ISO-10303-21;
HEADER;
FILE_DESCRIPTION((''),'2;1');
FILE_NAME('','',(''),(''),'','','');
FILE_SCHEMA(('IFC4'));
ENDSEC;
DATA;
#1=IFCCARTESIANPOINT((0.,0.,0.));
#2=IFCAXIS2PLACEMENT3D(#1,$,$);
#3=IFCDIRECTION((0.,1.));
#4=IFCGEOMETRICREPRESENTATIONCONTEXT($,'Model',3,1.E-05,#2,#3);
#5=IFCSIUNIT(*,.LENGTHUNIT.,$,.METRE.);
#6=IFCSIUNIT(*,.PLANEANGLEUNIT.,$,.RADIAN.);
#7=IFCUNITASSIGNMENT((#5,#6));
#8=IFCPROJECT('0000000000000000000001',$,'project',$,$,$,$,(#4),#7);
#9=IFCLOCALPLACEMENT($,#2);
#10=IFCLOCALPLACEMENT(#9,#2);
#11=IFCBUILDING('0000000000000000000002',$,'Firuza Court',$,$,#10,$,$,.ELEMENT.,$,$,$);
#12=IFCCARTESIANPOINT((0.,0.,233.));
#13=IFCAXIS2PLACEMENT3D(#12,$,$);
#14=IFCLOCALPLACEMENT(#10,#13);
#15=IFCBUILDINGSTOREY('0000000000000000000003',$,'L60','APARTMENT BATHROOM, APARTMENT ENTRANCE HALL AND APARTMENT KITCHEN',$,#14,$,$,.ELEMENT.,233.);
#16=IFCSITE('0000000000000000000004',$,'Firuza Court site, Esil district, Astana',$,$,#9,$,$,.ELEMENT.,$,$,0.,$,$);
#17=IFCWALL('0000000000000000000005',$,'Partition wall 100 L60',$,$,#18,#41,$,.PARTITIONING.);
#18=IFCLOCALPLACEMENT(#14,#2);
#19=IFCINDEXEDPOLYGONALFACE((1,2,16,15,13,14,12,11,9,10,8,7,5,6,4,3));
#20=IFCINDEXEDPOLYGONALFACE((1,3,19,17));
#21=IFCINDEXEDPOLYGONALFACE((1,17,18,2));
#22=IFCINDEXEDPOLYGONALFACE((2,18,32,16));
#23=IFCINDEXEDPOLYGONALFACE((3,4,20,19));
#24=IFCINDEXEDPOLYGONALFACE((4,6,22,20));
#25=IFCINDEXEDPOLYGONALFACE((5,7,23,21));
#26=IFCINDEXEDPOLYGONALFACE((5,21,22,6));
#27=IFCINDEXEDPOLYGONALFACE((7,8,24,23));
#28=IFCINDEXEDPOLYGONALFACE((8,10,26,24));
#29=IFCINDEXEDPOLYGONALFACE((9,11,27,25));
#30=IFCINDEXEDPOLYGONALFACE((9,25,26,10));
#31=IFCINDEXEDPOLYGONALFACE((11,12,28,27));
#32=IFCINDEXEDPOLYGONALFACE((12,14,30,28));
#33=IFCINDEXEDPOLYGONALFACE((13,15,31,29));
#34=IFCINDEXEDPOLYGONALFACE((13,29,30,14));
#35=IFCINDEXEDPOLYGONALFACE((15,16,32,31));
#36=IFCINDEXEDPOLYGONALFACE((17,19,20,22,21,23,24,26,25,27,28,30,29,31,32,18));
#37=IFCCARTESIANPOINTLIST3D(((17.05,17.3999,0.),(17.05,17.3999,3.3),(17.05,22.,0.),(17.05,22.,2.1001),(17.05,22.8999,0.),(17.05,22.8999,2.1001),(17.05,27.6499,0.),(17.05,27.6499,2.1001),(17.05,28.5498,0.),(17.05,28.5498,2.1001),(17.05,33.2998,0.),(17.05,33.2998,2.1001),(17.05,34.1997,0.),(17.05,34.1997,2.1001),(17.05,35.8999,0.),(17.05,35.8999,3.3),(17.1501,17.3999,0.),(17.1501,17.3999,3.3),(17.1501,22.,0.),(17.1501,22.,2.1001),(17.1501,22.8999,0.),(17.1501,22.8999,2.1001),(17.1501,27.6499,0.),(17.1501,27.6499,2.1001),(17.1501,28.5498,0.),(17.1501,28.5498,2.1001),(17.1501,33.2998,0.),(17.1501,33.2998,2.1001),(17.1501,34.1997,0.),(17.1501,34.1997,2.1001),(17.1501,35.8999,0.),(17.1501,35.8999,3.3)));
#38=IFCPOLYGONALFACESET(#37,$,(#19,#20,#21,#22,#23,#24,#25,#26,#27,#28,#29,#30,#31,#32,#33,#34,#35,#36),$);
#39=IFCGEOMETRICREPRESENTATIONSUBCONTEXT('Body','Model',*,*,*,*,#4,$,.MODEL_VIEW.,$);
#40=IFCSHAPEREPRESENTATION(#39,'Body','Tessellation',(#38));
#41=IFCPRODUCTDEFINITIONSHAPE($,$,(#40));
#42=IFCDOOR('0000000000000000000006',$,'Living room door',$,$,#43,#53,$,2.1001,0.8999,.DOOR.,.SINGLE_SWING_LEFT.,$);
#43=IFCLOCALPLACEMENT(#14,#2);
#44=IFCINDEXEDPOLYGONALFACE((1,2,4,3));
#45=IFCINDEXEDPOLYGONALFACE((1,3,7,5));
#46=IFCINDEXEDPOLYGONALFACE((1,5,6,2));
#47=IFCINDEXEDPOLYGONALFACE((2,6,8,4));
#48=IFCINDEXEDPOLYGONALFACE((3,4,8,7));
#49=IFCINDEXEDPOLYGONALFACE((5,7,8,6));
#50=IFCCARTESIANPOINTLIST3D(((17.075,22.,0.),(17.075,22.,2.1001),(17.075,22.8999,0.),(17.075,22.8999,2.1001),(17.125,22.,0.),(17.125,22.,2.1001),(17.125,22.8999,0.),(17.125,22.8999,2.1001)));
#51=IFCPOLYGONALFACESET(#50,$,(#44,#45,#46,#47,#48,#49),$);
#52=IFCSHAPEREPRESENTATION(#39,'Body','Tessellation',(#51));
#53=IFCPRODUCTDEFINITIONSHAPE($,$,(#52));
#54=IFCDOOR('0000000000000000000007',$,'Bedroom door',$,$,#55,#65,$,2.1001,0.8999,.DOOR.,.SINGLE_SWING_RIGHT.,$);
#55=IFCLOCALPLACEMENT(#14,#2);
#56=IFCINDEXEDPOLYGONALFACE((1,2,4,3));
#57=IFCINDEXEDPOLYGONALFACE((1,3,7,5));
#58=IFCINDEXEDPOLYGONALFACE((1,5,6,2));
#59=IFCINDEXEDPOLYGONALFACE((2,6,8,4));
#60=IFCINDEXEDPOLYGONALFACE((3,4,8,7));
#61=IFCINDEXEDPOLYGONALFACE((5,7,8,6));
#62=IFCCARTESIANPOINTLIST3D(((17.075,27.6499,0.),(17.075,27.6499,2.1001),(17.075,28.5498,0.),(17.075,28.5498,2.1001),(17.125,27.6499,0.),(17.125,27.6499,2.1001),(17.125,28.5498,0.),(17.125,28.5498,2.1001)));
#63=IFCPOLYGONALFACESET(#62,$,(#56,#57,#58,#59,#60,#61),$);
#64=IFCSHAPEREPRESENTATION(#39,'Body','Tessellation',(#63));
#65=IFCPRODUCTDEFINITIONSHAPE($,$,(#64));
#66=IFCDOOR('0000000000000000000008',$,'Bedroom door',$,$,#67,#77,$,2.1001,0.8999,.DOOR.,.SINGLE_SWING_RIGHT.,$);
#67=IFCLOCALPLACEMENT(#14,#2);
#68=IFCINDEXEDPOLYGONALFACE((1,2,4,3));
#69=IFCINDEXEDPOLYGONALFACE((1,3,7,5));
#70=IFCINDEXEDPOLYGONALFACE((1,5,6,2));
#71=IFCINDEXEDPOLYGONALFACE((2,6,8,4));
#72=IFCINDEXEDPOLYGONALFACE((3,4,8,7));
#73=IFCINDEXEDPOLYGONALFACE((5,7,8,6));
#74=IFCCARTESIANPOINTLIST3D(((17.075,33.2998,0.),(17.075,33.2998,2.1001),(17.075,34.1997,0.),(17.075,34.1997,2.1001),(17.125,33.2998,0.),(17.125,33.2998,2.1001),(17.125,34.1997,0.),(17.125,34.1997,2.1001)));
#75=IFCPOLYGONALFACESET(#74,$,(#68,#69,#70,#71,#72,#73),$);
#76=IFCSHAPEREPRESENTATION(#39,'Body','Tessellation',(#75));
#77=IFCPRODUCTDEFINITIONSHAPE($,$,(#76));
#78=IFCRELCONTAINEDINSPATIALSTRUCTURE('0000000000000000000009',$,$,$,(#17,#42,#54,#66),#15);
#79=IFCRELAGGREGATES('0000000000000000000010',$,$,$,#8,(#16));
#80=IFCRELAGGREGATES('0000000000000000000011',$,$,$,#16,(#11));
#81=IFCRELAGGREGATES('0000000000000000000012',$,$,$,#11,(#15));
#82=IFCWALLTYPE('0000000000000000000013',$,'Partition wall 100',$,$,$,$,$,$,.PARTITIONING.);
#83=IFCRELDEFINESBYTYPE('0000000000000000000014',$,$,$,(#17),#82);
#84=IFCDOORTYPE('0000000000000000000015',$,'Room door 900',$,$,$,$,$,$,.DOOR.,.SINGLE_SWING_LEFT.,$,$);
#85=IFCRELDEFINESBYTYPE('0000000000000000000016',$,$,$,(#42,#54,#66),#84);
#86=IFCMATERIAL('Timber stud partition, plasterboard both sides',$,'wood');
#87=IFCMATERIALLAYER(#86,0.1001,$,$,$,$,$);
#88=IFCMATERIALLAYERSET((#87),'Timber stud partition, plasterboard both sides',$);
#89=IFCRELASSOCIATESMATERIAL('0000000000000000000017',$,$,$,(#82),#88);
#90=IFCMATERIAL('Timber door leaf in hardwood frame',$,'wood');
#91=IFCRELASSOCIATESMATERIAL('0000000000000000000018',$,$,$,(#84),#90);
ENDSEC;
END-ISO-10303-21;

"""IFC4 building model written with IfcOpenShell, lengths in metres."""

from ifc_helpers import new_model, si_unit, direction, frame, frame_2d, origin, place, context, subcontext, project, spatial, rectangle, extrude, material, layer, layer_set, type_object, element, fill, save


model = new_model("IFC4")

# Units and contexts
model_context = context("Model", 3, precision=1e-05, world=origin(), true_north=direction((0.0, 1.0)))
body_context = subcontext(model_context, "Body", "Model", "MODEL_VIEW")
ifc_project = project(units=[si_unit("LENGTHUNIT", "METRE"), si_unit("PLANEANGLEUNIT", "RADIAN")], contexts=[model_context])

# Site, building, storey
site_placement = place(None, origin())
site = spatial("IfcSite", under=ifc_project, at=site_placement, Name="Firuza Court site, Esil district, Astana", CompositionType="ELEMENT", RefElevation=0.0)
building_placement = place(site_placement, origin())
building = spatial("IfcBuilding", under=site, at=building_placement, Name="Firuza Court", CompositionType="ELEMENT")
storey_placement = place(building_placement, frame((0.0, 0.0, 233.0)))
storey = spatial("IfcBuildingStorey", under=building, at=storey_placement, Name="L60", Description="APARTMENT BATHROOM, APARTMENT ENTRANCE HALL AND APARTMENT KITCHEN", CompositionType="ELEMENT", Elevation=233.0)

# Shared definitions
ifc_material_1 = material(Name="Timber stud partition, plasterboard both sides", Category="wood")
ifc_layer = layer(ifc_material_1, 0.1001)
ifc_layer_set = layer_set([ifc_layer], Name="Timber stud partition, plasterboard both sides")
wall_type = type_object("IfcWallType", Name="Partition wall 100", PredefinedType="PARTITIONING", material=ifc_layer_set)
ifc_material_2 = material(Name="Timber door leaf in hardwood frame", Category="wood")
door_type_1 = type_object("IfcDoorType", Name="Room door 900", OperationType="SINGLE_SWING_LEFT", PredefinedType="DOOR", material=ifc_material_2)

# Wall, openings, doors
wall_1_placement = place(storey_placement, frame((17.1001, 17.3999, 0.0), z_axis=(0.0, 0.0, 1.0), x_axis=(0.0, 1.0, 0.0)))
wall_1 = element("IfcWall", 1, at=wall_1_placement, inside=storey, type_object=wall_type, Name="Partition wall 100 L60", PredefinedType="PARTITIONING", context=body_context, shape_type="SweptSolid", body=[
    extrude(rectangle(XDim=18.5, YDim=0.1001, at=frame_2d((9.25, 0.0))), origin(), (0.0, 0.0, 1.0), 3.3),
])
opening_1_placement = place(wall_1_placement, frame((4.6001, 0.0, 0.0)))
opening_1 = element("IfcOpeningElement", 2, at=opening_1_placement, cuts=wall_1, PredefinedType="OPENING", context=body_context, shape_type="SweptSolid", body=[
    extrude(rectangle(XDim=0.8999, YDim=2.1001, at=frame_2d((0.45, 1.05))), frame((0.0, 0.062, 0.0), z_axis=(0.0, -1.0, 0.0), x_axis=(1.0, 0.0, 0.0)), (0.0, 0.0, 1.0), 0.124),
])
opening_2_placement = place(wall_1_placement, frame((10.25, 0.0, 0.0)))
opening_2 = element("IfcOpeningElement", 3, at=opening_2_placement, cuts=wall_1, PredefinedType="OPENING", context=body_context, shape_type="SweptSolid", body=[
    extrude(rectangle(XDim=0.8999, YDim=2.1001, at=frame_2d((0.45, 1.05))), frame((0.0, 0.062, 0.0), z_axis=(0.0, -1.0, 0.0), x_axis=(1.0, 0.0, 0.0)), (0.0, 0.0, 1.0), 0.124),
])
opening_3_placement = place(wall_1_placement, frame((15.8999, 0.0, 0.0)))
opening_3 = element("IfcOpeningElement", 4, at=opening_3_placement, cuts=wall_1, PredefinedType="OPENING", context=body_context, shape_type="SweptSolid", body=[
    extrude(rectangle(XDim=0.8999, YDim=2.1001, at=frame_2d((0.45, 1.05))), frame((0.0, 0.062, 0.0), z_axis=(0.0, -1.0, 0.0), x_axis=(1.0, 0.0, 0.0)), (0.0, 0.0, 1.0), 0.124),
])
door_1_placement = place(opening_1_placement, frame((0.8999, 0.0, 0.0), z_axis=(0.0, 0.0, 1.0), x_axis=(-1.0, 0.0, 0.0)))
door_1 = element("IfcDoor", 5, at=door_1_placement, inside=storey, type_object=door_type_1, Name="Living room door", OperationType="SINGLE_SWING_LEFT", OverallHeight=2.1001, OverallWidth=0.8999, PredefinedType="DOOR", context=body_context, shape_type="SweptSolid", body=[
    extrude(rectangle(XDim=0.8999, YDim=2.1001, at=frame_2d((0.45, 1.05))), frame((0.0, 0.0249, 0.0), z_axis=(0.0, -1.0, 0.0), x_axis=(1.0, 0.0, 0.0)), (0.0, 0.0, 1.0), 0.05),
])
fill(opening_1, door_1)
door_2_placement = place(opening_2_placement, frame((0.8999, 0.0, 0.0), z_axis=(0.0, 0.0, 1.0), x_axis=(-1.0, 0.0, 0.0)))
door_2 = element("IfcDoor", 6, at=door_2_placement, inside=storey, type_object=door_type_1, Name="Bedroom door", OperationType="SINGLE_SWING_RIGHT", OverallHeight=2.1001, OverallWidth=0.8999, PredefinedType="DOOR", context=body_context, shape_type="SweptSolid", body=[
    extrude(rectangle(XDim=0.8999, YDim=2.1001, at=frame_2d((0.45, 1.05))), frame((0.0, 0.0249, 0.0), z_axis=(0.0, -1.0, 0.0), x_axis=(1.0, 0.0, 0.0)), (0.0, 0.0, 1.0), 0.05),
])
fill(opening_2, door_2)
door_3_placement = place(opening_3_placement, frame((0.8999, 0.0, 0.0), z_axis=(0.0, 0.0, 1.0), x_axis=(-1.0, 0.0, 0.0)))
door_3 = element("IfcDoor", 7, at=door_3_placement, inside=storey, type_object=door_type_1, Name="Bedroom door", OperationType="SINGLE_SWING_RIGHT", OverallHeight=2.1001, OverallWidth=0.8999, PredefinedType="DOOR", context=body_context, shape_type="SweptSolid", body=[
    extrude(rectangle(XDim=0.8999, YDim=2.1001, at=frame_2d((0.45, 1.05))), frame((0.0, 0.0249, 0.0), z_axis=(0.0, -1.0, 0.0), x_axis=(1.0, 0.0, 0.0)), (0.0, 0.0, 1.0), 0.05),
])
fill(opening_3, door_3)

save(model, "model.ifc")
